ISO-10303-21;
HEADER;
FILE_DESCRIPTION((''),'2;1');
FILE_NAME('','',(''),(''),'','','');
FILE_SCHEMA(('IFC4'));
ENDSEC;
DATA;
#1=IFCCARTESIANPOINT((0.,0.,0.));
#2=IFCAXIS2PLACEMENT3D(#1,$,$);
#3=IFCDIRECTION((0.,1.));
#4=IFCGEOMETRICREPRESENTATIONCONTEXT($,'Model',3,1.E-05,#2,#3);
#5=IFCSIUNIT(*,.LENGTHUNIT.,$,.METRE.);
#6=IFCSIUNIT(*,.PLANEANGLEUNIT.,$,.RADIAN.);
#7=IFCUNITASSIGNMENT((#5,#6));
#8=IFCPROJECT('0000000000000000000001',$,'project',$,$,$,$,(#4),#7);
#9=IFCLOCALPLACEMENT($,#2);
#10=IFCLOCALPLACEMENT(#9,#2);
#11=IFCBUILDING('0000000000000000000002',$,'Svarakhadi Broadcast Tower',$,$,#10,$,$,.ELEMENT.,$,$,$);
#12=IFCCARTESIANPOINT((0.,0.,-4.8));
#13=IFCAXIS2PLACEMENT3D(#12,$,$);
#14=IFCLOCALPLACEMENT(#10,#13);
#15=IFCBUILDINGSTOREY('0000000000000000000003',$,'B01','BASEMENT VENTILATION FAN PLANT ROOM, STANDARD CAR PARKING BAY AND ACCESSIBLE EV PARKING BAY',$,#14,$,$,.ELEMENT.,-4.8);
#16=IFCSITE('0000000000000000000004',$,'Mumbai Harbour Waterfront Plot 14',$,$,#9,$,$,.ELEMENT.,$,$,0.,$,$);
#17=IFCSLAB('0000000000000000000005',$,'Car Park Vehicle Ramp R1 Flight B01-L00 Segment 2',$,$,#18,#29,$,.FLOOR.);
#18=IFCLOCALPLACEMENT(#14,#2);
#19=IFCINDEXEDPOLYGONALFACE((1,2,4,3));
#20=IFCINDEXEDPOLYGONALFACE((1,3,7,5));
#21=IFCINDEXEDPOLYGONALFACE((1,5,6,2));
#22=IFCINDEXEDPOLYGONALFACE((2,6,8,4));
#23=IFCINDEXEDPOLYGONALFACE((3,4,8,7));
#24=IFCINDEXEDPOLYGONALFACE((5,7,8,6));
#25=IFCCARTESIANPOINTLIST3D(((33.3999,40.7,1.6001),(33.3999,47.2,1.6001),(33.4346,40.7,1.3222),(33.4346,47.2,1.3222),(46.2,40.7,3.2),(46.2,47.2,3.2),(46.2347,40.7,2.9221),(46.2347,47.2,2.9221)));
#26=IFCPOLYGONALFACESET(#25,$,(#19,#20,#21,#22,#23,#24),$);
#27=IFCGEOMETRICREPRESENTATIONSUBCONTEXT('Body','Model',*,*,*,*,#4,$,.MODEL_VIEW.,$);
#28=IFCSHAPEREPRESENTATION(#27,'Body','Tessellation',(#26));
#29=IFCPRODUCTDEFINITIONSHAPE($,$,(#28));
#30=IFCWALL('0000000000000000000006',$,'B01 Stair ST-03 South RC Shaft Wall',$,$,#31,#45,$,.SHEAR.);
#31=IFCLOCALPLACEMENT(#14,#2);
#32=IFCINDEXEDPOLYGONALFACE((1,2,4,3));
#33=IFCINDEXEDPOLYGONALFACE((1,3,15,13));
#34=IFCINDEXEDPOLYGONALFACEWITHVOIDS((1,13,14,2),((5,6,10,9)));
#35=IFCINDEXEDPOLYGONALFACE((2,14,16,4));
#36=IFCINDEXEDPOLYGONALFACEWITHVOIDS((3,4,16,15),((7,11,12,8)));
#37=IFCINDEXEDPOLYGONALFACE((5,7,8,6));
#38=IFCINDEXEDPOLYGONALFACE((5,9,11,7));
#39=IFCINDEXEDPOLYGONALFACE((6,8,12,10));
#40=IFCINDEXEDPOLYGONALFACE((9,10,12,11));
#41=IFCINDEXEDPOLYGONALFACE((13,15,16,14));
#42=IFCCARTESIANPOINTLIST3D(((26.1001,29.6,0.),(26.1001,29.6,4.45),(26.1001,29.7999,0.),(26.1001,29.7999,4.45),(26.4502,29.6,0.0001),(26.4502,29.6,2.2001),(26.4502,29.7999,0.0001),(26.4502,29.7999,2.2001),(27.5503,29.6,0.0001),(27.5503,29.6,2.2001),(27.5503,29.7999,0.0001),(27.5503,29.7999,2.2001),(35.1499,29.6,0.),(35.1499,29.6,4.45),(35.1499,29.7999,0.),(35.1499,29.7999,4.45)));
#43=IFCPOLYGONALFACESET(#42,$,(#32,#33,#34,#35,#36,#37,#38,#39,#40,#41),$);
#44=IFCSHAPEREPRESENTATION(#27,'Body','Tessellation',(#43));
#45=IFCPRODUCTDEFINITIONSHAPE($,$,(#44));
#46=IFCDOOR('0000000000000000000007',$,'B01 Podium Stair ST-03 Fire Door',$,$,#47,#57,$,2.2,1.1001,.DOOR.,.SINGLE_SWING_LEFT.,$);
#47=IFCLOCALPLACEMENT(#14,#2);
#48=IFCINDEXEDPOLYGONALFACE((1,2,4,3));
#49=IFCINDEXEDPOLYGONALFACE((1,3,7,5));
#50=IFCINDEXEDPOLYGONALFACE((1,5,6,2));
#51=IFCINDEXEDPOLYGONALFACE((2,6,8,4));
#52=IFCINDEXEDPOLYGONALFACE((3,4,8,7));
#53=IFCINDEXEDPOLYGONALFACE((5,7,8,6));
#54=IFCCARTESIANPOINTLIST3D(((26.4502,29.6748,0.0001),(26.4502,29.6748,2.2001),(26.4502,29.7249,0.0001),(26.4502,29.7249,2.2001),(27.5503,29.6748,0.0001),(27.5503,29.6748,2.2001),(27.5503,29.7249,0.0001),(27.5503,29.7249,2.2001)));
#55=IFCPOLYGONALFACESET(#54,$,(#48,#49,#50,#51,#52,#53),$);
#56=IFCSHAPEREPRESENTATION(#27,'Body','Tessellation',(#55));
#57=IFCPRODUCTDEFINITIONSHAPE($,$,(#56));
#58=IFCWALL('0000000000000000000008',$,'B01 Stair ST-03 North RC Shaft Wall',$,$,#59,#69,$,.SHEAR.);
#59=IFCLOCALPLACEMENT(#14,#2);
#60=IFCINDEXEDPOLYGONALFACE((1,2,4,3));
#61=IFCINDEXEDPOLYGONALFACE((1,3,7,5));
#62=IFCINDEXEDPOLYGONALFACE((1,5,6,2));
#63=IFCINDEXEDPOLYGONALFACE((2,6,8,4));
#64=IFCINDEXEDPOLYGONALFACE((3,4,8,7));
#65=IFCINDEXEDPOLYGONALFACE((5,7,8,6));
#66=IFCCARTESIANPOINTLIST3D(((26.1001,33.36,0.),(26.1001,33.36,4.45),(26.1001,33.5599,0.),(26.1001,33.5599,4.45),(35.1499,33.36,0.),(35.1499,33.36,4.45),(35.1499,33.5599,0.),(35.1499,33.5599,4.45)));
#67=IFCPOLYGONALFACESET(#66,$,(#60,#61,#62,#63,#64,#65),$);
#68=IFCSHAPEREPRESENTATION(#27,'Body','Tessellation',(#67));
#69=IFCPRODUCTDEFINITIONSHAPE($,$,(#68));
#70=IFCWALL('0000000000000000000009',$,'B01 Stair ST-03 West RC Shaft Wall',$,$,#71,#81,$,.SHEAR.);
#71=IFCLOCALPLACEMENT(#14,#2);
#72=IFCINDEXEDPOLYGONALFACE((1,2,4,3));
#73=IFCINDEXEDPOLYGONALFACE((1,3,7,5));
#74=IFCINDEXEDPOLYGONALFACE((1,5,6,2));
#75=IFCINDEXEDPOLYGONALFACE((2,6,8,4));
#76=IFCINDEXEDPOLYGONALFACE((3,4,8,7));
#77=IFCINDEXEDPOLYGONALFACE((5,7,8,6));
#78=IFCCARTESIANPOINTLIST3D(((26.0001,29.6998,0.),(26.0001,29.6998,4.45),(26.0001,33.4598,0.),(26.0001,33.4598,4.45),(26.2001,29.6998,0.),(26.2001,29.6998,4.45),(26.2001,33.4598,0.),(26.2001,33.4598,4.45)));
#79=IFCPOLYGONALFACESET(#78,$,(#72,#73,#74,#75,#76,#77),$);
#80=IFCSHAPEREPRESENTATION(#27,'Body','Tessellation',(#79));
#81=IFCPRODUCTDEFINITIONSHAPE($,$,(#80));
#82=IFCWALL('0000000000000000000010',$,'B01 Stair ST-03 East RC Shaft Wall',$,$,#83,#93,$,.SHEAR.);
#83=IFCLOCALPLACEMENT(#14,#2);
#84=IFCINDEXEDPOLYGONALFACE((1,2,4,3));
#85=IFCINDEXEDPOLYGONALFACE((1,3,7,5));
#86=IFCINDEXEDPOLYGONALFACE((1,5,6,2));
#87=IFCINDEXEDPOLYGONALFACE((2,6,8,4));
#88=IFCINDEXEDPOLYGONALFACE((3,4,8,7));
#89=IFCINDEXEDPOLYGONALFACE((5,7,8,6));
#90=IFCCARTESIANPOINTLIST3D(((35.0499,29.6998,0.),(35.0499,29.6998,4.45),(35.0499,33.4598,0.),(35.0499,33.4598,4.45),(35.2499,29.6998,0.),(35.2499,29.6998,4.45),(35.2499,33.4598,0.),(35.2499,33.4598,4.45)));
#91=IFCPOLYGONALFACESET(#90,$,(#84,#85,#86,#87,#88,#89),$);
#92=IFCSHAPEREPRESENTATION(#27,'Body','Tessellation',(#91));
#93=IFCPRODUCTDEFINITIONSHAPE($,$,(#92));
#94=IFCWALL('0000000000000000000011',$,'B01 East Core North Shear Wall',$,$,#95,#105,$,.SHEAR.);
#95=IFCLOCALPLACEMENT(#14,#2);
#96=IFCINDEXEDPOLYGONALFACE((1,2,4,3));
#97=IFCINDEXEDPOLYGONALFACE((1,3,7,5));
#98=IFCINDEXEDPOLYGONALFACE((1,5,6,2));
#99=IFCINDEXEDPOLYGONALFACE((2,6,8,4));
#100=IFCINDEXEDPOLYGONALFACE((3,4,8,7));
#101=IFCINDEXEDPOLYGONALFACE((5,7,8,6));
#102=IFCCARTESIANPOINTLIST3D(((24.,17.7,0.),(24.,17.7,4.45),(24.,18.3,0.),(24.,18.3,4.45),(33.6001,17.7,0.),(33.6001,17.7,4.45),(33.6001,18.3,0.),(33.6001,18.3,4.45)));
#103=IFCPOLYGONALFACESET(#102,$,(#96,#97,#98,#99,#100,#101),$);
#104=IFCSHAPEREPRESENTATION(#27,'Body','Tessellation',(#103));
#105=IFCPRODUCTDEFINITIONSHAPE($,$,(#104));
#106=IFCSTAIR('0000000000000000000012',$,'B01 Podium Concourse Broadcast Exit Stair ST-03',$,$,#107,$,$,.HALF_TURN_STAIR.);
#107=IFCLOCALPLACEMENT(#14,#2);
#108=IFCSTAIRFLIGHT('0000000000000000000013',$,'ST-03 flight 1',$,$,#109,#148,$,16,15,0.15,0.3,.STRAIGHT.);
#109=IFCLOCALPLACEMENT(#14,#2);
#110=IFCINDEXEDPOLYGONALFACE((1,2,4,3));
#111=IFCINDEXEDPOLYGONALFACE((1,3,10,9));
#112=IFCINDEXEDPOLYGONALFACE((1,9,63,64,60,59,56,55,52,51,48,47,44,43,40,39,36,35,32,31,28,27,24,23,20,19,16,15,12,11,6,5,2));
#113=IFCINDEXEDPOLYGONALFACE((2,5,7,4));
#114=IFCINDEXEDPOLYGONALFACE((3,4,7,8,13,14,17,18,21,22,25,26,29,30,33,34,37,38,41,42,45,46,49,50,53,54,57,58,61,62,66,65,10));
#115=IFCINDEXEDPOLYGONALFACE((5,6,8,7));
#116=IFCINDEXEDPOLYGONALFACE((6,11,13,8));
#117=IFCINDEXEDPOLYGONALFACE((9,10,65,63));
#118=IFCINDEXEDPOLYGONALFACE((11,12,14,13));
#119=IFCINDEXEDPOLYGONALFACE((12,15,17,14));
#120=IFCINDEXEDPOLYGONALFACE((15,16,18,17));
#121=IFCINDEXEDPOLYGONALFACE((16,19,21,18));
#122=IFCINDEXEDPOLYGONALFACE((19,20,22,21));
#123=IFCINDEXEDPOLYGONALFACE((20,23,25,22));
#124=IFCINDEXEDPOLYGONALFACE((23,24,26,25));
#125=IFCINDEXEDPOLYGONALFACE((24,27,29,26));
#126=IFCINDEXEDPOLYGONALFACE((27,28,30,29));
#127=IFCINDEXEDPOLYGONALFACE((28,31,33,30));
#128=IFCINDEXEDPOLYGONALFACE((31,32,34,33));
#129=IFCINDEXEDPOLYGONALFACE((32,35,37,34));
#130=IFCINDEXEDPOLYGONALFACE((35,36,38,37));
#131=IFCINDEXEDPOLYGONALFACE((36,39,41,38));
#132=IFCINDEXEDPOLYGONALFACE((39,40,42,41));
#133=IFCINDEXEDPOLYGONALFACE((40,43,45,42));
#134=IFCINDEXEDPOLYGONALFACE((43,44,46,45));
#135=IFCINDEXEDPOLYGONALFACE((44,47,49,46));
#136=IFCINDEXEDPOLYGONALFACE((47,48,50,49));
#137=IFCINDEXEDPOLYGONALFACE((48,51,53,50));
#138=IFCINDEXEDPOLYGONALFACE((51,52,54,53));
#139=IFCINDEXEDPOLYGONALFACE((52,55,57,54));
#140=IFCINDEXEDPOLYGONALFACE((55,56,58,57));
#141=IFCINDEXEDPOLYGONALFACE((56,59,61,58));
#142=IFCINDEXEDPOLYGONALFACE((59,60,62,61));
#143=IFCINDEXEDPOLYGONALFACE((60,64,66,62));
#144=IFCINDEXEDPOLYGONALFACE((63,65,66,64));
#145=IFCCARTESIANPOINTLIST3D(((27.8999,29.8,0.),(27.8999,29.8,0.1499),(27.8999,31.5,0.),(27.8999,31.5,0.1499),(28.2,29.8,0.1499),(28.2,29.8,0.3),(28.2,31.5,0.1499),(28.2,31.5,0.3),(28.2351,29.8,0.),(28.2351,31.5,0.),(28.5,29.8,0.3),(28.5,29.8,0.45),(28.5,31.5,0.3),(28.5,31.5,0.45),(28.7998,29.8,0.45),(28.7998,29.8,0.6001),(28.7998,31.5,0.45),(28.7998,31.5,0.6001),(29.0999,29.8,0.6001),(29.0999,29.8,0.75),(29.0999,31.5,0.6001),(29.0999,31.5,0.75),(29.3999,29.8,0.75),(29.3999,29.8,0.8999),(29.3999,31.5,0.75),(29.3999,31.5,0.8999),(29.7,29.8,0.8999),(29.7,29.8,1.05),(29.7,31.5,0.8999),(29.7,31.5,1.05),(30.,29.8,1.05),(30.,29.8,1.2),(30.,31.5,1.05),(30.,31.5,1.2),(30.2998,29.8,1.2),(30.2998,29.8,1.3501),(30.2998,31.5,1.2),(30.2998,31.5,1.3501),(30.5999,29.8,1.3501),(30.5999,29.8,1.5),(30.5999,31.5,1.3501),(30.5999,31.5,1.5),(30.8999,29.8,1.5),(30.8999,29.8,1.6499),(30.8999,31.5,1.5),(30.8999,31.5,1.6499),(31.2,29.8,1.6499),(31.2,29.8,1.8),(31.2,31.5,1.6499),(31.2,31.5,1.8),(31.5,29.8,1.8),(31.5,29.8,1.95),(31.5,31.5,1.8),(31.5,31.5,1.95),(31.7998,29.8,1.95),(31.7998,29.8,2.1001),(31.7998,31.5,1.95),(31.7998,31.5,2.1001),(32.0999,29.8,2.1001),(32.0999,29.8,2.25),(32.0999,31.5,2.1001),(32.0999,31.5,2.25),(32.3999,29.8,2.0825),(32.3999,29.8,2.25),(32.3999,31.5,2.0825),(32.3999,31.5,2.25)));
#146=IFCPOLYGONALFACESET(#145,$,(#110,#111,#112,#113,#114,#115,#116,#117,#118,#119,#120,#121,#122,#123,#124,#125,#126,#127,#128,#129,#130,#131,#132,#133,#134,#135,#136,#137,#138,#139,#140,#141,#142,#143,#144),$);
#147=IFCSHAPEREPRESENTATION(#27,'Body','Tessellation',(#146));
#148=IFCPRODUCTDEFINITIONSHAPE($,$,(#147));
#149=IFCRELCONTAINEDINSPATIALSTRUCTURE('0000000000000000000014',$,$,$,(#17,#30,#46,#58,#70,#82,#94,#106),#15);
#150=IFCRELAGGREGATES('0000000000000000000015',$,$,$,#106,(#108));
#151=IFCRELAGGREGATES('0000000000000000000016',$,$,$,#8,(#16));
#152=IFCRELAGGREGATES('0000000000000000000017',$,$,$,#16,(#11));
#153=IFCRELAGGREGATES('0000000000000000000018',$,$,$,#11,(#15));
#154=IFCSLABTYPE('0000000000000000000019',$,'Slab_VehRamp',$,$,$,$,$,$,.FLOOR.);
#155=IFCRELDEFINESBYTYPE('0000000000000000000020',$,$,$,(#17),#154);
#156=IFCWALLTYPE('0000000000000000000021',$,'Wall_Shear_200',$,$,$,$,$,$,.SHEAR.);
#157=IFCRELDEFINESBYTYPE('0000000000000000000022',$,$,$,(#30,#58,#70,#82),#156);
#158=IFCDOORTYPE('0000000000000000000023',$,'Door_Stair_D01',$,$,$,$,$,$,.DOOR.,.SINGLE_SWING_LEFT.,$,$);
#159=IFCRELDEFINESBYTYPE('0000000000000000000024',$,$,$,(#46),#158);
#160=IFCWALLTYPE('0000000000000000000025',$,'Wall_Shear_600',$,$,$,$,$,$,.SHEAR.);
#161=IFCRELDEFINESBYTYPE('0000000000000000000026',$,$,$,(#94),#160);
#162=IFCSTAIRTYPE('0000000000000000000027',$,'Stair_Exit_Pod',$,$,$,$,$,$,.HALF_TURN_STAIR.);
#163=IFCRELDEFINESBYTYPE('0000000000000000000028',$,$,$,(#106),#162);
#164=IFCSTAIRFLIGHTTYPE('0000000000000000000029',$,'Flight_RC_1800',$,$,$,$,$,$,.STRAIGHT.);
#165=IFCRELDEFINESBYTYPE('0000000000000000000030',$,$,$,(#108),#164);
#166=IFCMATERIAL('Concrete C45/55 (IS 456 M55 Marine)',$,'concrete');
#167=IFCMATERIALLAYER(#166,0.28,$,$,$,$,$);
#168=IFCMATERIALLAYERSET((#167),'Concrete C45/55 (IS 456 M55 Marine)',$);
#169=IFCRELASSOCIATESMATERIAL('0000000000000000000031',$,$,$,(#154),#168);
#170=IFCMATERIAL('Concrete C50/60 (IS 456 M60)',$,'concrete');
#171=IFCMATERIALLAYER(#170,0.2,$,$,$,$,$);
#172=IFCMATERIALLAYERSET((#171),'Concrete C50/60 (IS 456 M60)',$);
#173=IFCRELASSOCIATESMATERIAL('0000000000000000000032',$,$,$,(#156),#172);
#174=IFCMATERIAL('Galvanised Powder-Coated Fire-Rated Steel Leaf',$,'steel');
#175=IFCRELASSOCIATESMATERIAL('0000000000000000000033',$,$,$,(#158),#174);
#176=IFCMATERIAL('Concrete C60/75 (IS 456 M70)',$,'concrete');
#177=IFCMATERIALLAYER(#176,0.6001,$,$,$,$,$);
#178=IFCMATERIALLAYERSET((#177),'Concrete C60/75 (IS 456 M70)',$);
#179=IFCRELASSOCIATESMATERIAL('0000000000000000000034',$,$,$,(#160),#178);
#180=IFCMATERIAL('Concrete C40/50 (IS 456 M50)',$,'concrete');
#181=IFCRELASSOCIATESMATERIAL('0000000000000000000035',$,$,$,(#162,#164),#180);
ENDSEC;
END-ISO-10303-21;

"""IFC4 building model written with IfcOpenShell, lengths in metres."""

from ifc_helpers import new_model, si_unit, direction, frame, frame_2d, origin, place, context, subcontext, project, spatial, polyline, rectangle, outline, extrude, material, layer, layer_set, type_object, element, fill, aggregate, save


model = new_model("IFC4")

# Units and contexts
model_context = context("Model", 3, precision=1e-05, world=origin(), true_north=direction((0.0, 1.0)))
body_context = subcontext(model_context, "Body", "Model", "MODEL_VIEW")
ifc_project = project(units=[si_unit("LENGTHUNIT", "METRE"), si_unit("PLANEANGLEUNIT", "RADIAN")], contexts=[model_context])

# Site, building, storey
site_placement = place(None, origin())
site = spatial("IfcSite", under=ifc_project, at=site_placement, Name="Mumbai Harbour Waterfront Plot 14", CompositionType="ELEMENT", RefElevation=0.0)
building_placement = place(site_placement, origin())
building = spatial("IfcBuilding", under=site, at=building_placement, Name="Svarakhadi Broadcast Tower", CompositionType="ELEMENT")
storey_placement = place(building_placement, frame((0.0, 0.0, -4.8)))
storey = spatial("IfcBuildingStorey", under=building, at=storey_placement, Name="B01", Description="BASEMENT VENTILATION FAN PLANT ROOM, STANDARD CAR PARKING BAY AND ACCESSIBLE EV PARKING BAY", CompositionType="ELEMENT", Elevation=-4.8)

# Shared definitions
ifc_material_1 = material(Name="Concrete C45/55 (IS 456 M55 Marine)", Category="concrete")
ifc_material_2 = material(Name="Concrete C50/60 (IS 456 M60)", Category="concrete")
ifc_material_3 = material(Name="Concrete C60/75 (IS 456 M70)", Category="concrete")

# Slab
ifc_layer_1 = layer(ifc_material_1, 0.28)
ifc_layer_set_1 = layer_set([ifc_layer_1], Name="Concrete C45/55 (IS 456 M55 Marine)")
slab_type = type_object("IfcSlabType", Name="Slab_VehRamp", PredefinedType="FLOOR", material=ifc_layer_set_1)
slab_placement = place(storey_placement, frame((33.3999, 40.7, 1.6001), z_axis=(-0.124023, 0.0, 0.992279), x_axis=(0.992279, 0.0, 0.124023)))
element("IfcSlab", 1, at=slab_placement, inside=storey, type_object=slab_type, Name="Car Park Vehicle Ramp R1 Flight B01-L00 Segment 2", PredefinedType="FLOOR", context=body_context, shape_type="SweptSolid", body=[
    extrude(outline(polyline([(0.0, 0.0), (12.8996, 0.0), (12.8996, 6.5), (0.0, 6.5), (0.0, 0.0)])), origin(), (0.0, 0.0, -1.0), 0.28),
])

# Wall, opening, door
ifc_layer_2 = layer(ifc_material_2, 0.2)
ifc_layer_set_2 = layer_set([ifc_layer_2], Name="Concrete C50/60 (IS 456 M60)")
wall_type_1 = type_object("IfcWallType", Name="Wall_Shear_200", PredefinedType="SHEAR", material=ifc_layer_set_2)
wall_1_placement = place(storey_placement, frame((26.1001, 29.7, 0.0), z_axis=(0.0, 0.0, 1.0), x_axis=(1.0, 0.0, 0.0)))
wall_1 = element("IfcWall", 2, at=wall_1_placement, inside=storey, type_object=wall_type_1, Name="B01 Stair ST-03 South RC Shaft Wall", PredefinedType="SHEAR", context=body_context, shape_type="SweptSolid", body=[
    extrude(rectangle(XDim=9.0498, YDim=0.2, at=frame_2d((4.5249, 0.0))), origin(), (0.0, 0.0, 1.0), 4.45),
])
opening_placement = place(wall_1_placement, frame((0.3501, 0.0, 0.0)))
opening = element("IfcOpeningElement", 3, at=opening_placement, cuts=wall_1, PredefinedType="OPENING", context=body_context, shape_type="SweptSolid", body=[
    extrude(rectangle(XDim=1.1001, YDim=2.2, at=frame_2d((0.55, 1.1001))), frame((0.0, 0.1099, 0.0), z_axis=(0.0, -1.0, 0.0), x_axis=(1.0, 0.0, 0.0)), (0.0, 0.0, 1.0), 0.22),
])
ifc_material_4 = material(Name="Galvanised Powder-Coated Fire-Rated Steel Leaf", Category="steel")
door_type = type_object("IfcDoorType", Name="Door_Stair_D01", OperationType="SINGLE_SWING_LEFT", PredefinedType="DOOR", material=ifc_material_4)
door_placement = place(opening_placement, origin())
door = element("IfcDoor", 4, at=door_placement, inside=storey, type_object=door_type, Name="B01 Podium Stair ST-03 Fire Door", OperationType="SINGLE_SWING_LEFT", OverallHeight=2.2, OverallWidth=1.1001, PredefinedType="DOOR", context=body_context, shape_type="SweptSolid", body=[
    extrude(rectangle(XDim=1.1001, YDim=2.2, at=frame_2d((0.55, 1.1001))), frame((0.0, 0.0249, 0.0), z_axis=(0.0, -1.0, 0.0), x_axis=(1.0, 0.0, 0.0)), (0.0, 0.0, 1.0), 0.05),
])
fill(opening, door)

# Walls
wall_2_placement = place(storey_placement, frame((26.1001, 33.46, 0.0), z_axis=(0.0, 0.0, 1.0), x_axis=(1.0, 0.0, 0.0)))
element("IfcWall", 5, at=wall_2_placement, inside=storey, type_object=wall_type_1, Name="B01 Stair ST-03 North RC Shaft Wall", PredefinedType="SHEAR", context=body_context, shape_type="SweptSolid", body=[
    extrude(rectangle(XDim=9.0498, YDim=0.2, at=frame_2d((4.5249, 0.0))), origin(), (0.0, 0.0, 1.0), 4.45),
])
for number, where, z_axis, x_axis, name in (
    (6, (26.1001, 29.7, 0.0), (0.0, 0.0, 1.0), (0.0, 1.0, 0.0), "B01 Stair ST-03 West RC Shaft Wall"),
    (7, (35.1499, 29.7, 0.0), (0.0, 0.0, 1.0), (0.0, 1.0, 0.0), "B01 Stair ST-03 East RC Shaft Wall"),
):
    element("IfcWall", number, at=place(storey_placement, frame(where, z_axis=z_axis, x_axis=x_axis)), inside=storey, type_object=wall_type_1, Name=name, PredefinedType="SHEAR", context=body_context, shape_type="SweptSolid", body=[
        extrude(rectangle(XDim=3.76, YDim=0.2, at=frame_2d((1.8799, 0.0))), origin(), (0.0, 0.0, 1.0), 4.45),
    ])
ifc_layer_3 = layer(ifc_material_3, 0.6001)
ifc_layer_set_3 = layer_set([ifc_layer_3], Name="Concrete C60/75 (IS 456 M70)")
wall_type_2 = type_object("IfcWallType", Name="Wall_Shear_600", PredefinedType="SHEAR", material=ifc_layer_set_3)
wall_3_placement = place(storey_placement, frame((24.0, 18.0, 0.0), z_axis=(0.0, 0.0, 1.0), x_axis=(1.0, 0.0, 0.0)))
element("IfcWall", 8, at=wall_3_placement, inside=storey, type_object=wall_type_2, Name="B01 East Core North Shear Wall", PredefinedType="SHEAR", context=body_context, shape_type="SweptSolid", body=[
    extrude(rectangle(XDim=9.6001, YDim=0.6001, at=frame_2d((4.8, 0.0))), origin(), (0.0, 0.0, 1.0), 4.45),
])

# Stair, stair flight
ifc_material_5 = material(Name="Concrete C40/50 (IS 456 M50)", Category="concrete")
stair_type = type_object("IfcStairType", Name="Stair_Exit_Pod", PredefinedType="HALF_TURN_STAIR", material=ifc_material_5)
stair_placement = place(storey_placement, origin())
stair = element("IfcStair", 9, at=stair_placement, inside=storey, type_object=stair_type, Name="B01 Podium Concourse Broadcast Exit Stair ST-03", PredefinedType="HALF_TURN_STAIR")
stair_flight_type = type_object("IfcStairFlightType", Name="Flight_RC_1800", PredefinedType="STRAIGHT", material=ifc_material_5)
stair_flight_1_placement = place(storey_placement, frame((27.8999, 30.6499, 0.0), z_axis=(0.0, 0.0, 1.0), x_axis=(1.0, 0.0, 0.0)))
stair_flight_1 = element("IfcStairFlight", 10, at=stair_flight_1_placement, type_object=stair_flight_type, Name="ST-03 flight 1", NumberOfRisers=16, NumberOfTreads=15, PredefinedType="STRAIGHT", RiserHeight=0.15, TreadLength=0.3, context=body_context, shape_type="SweptSolid", body=[
    extrude(outline(polyline([(0.0, 0.0), (0.0, 0.1499), (0.3, 0.1499), (0.3, 0.3), (0.6001, 0.3), (0.6001, 0.45), (0.8999, 0.45), (0.8999, 0.6001), (1.2, 0.6001), (1.2, 0.75), (1.5, 0.75), (1.5, 0.8999), (1.8, 0.8999), (1.8, 1.05), (2.1001, 1.05), (2.1001, 1.2), (2.3999, 1.2), (2.3999, 1.3501), (2.7, 1.3501), (2.7, 1.5), (3.0, 1.5), (3.0, 1.6499), (3.3, 1.6499), (3.3, 1.8), (3.6001, 1.8), (3.6001, 1.95), (3.8999, 1.95), (3.8999, 2.1001), (4.2, 2.1001), (4.2, 2.25), (4.5, 2.25), (4.5, 2.3999), (4.5, 2.0825), (0.3352, 0.0), (0.0, 0.0)])), frame((0.0, 0.8501, 0.0), z_axis=(0.0, -1.0, 0.0), x_axis=(1.0, 0.0, 0.0)), (0.0, 0.0, 1.0), 1.7),
])
aggregate(stair, [stair_flight_1])

save(model, "model.ifc")
